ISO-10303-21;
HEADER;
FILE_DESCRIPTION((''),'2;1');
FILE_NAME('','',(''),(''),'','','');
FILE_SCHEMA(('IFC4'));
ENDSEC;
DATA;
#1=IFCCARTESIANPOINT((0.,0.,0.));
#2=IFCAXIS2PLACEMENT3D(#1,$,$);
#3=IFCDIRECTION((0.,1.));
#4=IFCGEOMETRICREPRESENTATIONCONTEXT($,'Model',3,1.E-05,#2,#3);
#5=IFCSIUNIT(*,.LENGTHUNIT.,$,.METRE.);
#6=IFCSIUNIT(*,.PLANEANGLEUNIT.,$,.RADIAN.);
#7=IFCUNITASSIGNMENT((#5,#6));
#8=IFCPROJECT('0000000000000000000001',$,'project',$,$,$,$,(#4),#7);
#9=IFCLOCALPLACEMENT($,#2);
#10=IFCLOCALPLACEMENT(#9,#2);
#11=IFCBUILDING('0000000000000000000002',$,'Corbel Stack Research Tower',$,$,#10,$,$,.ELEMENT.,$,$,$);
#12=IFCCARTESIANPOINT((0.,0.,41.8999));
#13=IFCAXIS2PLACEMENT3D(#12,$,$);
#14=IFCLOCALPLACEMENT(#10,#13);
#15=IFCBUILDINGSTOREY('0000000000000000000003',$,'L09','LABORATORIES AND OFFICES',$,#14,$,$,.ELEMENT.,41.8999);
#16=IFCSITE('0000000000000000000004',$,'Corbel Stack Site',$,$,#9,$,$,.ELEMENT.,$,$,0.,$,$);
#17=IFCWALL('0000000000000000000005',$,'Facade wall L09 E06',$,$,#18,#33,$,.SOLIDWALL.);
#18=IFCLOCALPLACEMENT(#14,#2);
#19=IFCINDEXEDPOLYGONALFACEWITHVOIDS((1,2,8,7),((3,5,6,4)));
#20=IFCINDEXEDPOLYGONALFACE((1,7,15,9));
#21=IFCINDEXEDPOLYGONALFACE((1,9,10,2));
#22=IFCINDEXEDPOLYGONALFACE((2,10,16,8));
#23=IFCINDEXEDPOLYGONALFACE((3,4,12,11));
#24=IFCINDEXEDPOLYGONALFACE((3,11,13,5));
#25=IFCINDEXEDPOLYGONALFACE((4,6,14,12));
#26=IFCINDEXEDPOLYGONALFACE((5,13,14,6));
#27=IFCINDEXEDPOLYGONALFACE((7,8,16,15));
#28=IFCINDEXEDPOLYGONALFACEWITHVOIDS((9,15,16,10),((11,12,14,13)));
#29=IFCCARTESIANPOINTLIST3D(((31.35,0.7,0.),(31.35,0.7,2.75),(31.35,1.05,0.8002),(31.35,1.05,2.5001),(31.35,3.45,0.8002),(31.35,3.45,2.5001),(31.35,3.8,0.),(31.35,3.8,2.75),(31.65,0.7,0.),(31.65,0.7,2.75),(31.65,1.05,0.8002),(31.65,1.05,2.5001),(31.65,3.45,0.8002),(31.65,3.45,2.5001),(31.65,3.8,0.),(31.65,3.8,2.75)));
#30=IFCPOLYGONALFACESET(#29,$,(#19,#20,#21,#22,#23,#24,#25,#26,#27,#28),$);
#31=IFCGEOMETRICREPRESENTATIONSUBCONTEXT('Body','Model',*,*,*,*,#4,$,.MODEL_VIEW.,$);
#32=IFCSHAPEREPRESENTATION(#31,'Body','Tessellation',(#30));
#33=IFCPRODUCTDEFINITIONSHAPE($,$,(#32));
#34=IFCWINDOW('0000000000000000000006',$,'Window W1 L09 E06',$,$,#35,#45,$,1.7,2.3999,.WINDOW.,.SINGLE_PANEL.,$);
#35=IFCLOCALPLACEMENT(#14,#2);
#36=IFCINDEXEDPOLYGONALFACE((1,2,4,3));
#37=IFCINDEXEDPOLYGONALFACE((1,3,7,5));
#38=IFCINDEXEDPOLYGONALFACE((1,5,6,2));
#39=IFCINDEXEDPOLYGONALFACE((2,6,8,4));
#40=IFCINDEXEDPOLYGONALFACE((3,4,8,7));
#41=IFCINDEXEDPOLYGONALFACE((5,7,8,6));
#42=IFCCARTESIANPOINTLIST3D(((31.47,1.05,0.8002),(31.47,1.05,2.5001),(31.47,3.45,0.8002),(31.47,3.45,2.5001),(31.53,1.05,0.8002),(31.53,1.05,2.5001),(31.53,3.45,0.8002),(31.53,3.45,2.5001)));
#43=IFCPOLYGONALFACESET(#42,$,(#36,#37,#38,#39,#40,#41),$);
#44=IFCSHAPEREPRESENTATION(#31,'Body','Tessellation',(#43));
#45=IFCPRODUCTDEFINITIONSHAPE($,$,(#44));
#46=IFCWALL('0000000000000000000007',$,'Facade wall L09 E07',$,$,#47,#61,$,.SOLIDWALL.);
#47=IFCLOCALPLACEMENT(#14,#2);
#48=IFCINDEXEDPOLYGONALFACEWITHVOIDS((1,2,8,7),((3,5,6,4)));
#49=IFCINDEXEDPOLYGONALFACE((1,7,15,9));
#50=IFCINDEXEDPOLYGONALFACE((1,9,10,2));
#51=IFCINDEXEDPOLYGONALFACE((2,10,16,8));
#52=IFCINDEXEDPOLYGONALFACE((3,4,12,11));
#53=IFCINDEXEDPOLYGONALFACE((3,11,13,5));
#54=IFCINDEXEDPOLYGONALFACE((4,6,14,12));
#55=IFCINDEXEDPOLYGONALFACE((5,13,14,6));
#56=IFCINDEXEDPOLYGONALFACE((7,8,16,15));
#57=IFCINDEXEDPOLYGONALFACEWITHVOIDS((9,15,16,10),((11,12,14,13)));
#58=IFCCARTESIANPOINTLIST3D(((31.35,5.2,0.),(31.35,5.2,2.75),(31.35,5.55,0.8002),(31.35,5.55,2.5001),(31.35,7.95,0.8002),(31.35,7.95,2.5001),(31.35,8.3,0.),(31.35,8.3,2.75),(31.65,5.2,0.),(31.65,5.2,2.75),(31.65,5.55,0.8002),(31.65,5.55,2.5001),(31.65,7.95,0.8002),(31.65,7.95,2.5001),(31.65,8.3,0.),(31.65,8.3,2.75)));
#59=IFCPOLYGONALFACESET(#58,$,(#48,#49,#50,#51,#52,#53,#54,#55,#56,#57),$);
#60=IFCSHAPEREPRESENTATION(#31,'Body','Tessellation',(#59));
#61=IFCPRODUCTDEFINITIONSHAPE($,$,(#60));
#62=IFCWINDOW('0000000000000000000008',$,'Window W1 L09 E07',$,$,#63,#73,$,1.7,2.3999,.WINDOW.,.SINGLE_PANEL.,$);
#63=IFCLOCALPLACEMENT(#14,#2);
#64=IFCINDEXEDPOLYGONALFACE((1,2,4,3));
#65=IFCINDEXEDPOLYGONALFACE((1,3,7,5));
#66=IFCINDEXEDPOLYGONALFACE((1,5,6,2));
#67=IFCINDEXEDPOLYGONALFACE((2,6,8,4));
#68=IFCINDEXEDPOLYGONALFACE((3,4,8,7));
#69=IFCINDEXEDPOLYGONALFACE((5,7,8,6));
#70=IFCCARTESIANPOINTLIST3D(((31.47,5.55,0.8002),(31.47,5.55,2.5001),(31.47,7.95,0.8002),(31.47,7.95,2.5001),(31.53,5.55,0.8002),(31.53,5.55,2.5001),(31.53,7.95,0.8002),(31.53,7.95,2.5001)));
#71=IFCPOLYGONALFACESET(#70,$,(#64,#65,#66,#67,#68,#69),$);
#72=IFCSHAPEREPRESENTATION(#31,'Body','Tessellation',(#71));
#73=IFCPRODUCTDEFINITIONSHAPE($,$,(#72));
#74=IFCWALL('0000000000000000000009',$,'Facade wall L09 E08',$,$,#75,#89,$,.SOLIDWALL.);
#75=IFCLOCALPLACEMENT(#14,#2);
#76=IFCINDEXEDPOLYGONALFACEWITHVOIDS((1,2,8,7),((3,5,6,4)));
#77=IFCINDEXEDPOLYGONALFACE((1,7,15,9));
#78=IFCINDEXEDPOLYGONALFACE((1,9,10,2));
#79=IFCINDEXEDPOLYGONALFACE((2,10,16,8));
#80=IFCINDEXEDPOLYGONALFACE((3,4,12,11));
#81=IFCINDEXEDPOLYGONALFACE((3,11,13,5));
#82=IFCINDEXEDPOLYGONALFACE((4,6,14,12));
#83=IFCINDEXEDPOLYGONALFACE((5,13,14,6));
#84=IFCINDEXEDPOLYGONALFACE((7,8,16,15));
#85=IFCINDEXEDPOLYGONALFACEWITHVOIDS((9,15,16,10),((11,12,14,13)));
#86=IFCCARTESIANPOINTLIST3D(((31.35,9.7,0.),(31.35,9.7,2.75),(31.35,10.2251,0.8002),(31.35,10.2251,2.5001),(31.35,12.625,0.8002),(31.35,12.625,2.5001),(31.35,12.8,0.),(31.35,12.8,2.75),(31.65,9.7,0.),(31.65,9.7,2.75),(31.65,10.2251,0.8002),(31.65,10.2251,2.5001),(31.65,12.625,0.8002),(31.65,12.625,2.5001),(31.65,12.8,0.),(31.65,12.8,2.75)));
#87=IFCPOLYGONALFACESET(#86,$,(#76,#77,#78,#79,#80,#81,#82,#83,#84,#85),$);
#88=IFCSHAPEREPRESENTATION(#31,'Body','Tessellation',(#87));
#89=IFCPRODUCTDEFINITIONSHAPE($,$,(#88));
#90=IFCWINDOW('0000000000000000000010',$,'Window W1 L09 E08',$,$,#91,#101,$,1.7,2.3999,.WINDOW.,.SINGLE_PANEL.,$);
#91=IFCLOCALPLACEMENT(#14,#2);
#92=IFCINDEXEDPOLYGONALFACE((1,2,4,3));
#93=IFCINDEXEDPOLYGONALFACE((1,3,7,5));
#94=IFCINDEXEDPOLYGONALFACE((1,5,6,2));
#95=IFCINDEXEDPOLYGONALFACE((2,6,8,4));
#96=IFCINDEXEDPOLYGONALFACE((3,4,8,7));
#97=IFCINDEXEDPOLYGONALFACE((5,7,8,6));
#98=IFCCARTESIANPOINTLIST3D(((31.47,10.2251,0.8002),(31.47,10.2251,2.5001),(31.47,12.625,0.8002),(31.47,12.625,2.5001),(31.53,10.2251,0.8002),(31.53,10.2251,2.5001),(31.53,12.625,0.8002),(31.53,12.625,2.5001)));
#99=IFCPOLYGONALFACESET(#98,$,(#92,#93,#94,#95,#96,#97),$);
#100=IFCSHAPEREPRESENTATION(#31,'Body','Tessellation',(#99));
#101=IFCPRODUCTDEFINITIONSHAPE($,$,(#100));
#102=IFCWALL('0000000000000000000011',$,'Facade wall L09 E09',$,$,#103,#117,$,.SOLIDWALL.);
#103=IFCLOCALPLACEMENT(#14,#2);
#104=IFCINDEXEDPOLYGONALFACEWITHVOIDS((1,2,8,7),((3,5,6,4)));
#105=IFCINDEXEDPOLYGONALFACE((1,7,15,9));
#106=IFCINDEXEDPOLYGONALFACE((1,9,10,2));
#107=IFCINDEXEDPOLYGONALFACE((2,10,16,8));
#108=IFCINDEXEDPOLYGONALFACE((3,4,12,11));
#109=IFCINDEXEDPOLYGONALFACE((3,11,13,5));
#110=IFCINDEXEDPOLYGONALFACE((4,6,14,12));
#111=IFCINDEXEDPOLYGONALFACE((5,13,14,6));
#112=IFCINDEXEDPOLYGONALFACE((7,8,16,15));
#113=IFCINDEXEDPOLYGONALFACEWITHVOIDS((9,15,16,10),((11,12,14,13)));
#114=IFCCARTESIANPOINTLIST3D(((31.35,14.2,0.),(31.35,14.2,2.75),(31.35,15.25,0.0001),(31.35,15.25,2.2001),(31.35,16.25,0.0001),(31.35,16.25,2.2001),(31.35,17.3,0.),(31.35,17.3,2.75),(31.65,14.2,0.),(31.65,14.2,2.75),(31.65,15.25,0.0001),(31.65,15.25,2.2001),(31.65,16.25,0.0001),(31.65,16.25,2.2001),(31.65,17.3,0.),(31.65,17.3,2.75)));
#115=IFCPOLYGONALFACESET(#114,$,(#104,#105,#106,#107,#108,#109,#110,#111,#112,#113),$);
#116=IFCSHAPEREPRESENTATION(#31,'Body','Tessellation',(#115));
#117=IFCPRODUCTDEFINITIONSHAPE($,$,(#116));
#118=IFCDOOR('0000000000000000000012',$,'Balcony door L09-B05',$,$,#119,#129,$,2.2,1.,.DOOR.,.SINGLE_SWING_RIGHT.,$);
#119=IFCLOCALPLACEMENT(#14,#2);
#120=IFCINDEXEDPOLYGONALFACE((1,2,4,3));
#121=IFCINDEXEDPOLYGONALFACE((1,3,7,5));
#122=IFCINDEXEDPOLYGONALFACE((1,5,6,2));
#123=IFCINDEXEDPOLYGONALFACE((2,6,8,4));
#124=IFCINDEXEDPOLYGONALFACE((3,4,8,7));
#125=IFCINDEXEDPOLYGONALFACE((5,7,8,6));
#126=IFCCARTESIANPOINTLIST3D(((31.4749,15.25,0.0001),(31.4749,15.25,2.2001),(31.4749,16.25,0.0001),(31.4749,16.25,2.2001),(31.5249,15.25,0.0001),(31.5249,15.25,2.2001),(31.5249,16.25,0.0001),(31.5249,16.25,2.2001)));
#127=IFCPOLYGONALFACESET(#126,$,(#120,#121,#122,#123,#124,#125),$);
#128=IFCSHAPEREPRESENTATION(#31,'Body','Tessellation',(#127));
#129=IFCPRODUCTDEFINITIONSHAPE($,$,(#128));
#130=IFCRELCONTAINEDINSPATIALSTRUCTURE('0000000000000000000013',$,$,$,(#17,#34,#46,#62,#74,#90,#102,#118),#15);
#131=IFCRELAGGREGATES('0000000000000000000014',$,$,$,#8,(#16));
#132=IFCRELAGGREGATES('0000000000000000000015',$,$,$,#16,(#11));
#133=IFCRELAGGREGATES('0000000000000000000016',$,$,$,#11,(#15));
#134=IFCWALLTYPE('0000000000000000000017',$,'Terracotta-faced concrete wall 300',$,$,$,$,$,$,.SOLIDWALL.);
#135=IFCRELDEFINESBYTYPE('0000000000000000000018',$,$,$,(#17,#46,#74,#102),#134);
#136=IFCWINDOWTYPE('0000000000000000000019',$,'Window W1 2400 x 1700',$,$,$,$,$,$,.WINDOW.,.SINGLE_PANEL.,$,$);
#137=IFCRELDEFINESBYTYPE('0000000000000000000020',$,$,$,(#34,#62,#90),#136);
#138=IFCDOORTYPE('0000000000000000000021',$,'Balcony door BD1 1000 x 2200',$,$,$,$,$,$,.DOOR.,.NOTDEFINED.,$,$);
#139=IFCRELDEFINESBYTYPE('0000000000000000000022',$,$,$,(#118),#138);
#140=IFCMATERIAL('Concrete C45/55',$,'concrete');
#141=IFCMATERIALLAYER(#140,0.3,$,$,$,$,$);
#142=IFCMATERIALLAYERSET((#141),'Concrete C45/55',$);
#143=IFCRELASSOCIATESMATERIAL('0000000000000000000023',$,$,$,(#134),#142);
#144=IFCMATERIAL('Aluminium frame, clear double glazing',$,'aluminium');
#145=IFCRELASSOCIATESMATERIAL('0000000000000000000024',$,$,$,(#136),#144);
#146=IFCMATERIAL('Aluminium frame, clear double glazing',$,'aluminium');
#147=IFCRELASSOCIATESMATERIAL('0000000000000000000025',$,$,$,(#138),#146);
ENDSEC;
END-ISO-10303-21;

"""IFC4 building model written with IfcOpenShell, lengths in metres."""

from ifc_helpers import new_model, si_unit, direction, frame, frame_2d, origin, place, context, subcontext, project, spatial, rectangle, extrude, material, layer, layer_set, type_object, element, fill, save


model = new_model("IFC4")

# Units and contexts
model_context = context("Model", 3, precision=1e-05, world=origin(), true_north=direction((0.0, 1.0)))
body_context = subcontext(model_context, "Body", "Model", "MODEL_VIEW")
ifc_project = project(units=[si_unit("LENGTHUNIT", "METRE"), si_unit("PLANEANGLEUNIT", "RADIAN")], contexts=[model_context])

# Site, building, storey
site_placement = place(None, origin())
site = spatial("IfcSite", under=ifc_project, at=site_placement, Name="Corbel Stack Site", CompositionType="ELEMENT", RefElevation=0.0)
building_placement = place(site_placement, origin())
building = spatial("IfcBuilding", under=site, at=building_placement, Name="Corbel Stack Research Tower", CompositionType="ELEMENT")
storey_placement = place(building_placement, frame((0.0, 0.0, 41.8999)))
storey = spatial("IfcBuildingStorey", under=building, at=storey_placement, Name="L09", Description="LABORATORIES AND OFFICES", CompositionType="ELEMENT", Elevation=41.8999)

# Walls, openings, windows
ifc_material_1 = material(Name="Concrete C45/55", Category="concrete")
ifc_layer_1 = layer(ifc_material_1, 0.3)
ifc_layer_set_1 = layer_set([ifc_layer_1], Name="Concrete C45/55")
wall_type_1 = type_object("IfcWallType", Name="Terracotta-faced concrete wall 300", PredefinedType="SOLIDWALL", material=ifc_layer_set_1)
wall_1_placement = place(storey_placement, frame((31.5, 3.8, 0.0), z_axis=(0.0, 0.0, 1.0), x_axis=(0.0, -1.0, 0.0)))
wall_1 = element("IfcWall", 1, at=wall_1_placement, inside=storey, type_object=wall_type_1, Name="Facade wall L09 E06", PredefinedType="SOLIDWALL", context=body_context, shape_type="SweptSolid", body=[
    extrude(rectangle(XDim=3.1001, YDim=0.3, at=frame_2d((1.55, 0.0))), origin(), (0.0, 0.0, 1.0), 2.75),
])
opening_1_placement = place(wall_1_placement, frame((0.3501, 0.0, 0.8)))
opening_1 = element("IfcOpeningElement", 2, at=opening_1_placement, cuts=wall_1, PredefinedType="OPENING", context=body_context, shape_type="SweptSolid", body=[
    extrude(rectangle(XDim=2.3999, YDim=1.7, at=frame_2d((1.2, 0.8501))), frame((0.0, 0.1599, 0.0), z_axis=(0.0, -1.0, 0.0), x_axis=(1.0, 0.0, 0.0)), (0.0, 0.0, 1.0), 0.3201),
])
ifc_material_2 = material(Name="Aluminium frame, clear double glazing", Category="aluminium")
window_type = type_object("IfcWindowType", Name="Window W1 2400 x 1700", PartitioningType="SINGLE_PANEL", PredefinedType="WINDOW", material=ifc_material_2)
window_1_placement = place(opening_1_placement, origin())
window_1 = element("IfcWindow", 3, at=window_1_placement, inside=storey, type_object=window_type, Name="Window W1 L09 E06", OverallHeight=1.7, OverallWidth=2.3999, PartitioningType="SINGLE_PANEL", PredefinedType="WINDOW", context=body_context, shape_type="SweptSolid", body=[
    extrude(rectangle(XDim=2.3999, YDim=1.7, at=frame_2d((1.2, 0.8501))), frame((0.0, 0.03, 0.0), z_axis=(0.0, -1.0, 0.0), x_axis=(1.0, 0.0, 0.0)), (0.0, 0.0, 1.0), 0.0601),
])
fill(opening_1, window_1)
wall_2_placement = place(storey_placement, frame((31.5, 8.3, 0.0), z_axis=(0.0, 0.0, 1.0), x_axis=(0.0, -1.0, 0.0)))
wall_2 = element("IfcWall", 4, at=wall_2_placement, inside=storey, type_object=wall_type_1, Name="Facade wall L09 E07", PredefinedType="SOLIDWALL", context=body_context, shape_type="SweptSolid", body=[
    extrude(rectangle(XDim=3.1001, YDim=0.3, at=frame_2d((1.55, 0.0))), origin(), (0.0, 0.0, 1.0), 2.75),
])
opening_2_placement = place(wall_2_placement, frame((0.3501, 0.0, 0.8)))
opening_2 = element("IfcOpeningElement", 5, at=opening_2_placement, cuts=wall_2, PredefinedType="OPENING", context=body_context, shape_type="SweptSolid", body=[
    extrude(rectangle(XDim=2.3999, YDim=1.7, at=frame_2d((1.2, 0.8501))), frame((0.0, 0.1599, 0.0), z_axis=(0.0, -1.0, 0.0), x_axis=(1.0, 0.0, 0.0)), (0.0, 0.0, 1.0), 0.3201),
])
window_2_placement = place(opening_2_placement, origin())
window_2 = element("IfcWindow", 6, at=window_2_placement, inside=storey, type_object=window_type, Name="Window W1 L09 E07", OverallHeight=1.7, OverallWidth=2.3999, PartitioningType="SINGLE_PANEL", PredefinedType="WINDOW", context=body_context, shape_type="SweptSolid", body=[
    extrude(rectangle(XDim=2.3999, YDim=1.7, at=frame_2d((1.2, 0.8501))), frame((0.0, 0.03, 0.0), z_axis=(0.0, -1.0, 0.0), x_axis=(1.0, 0.0, 0.0)), (0.0, 0.0, 1.0), 0.0601),
])
fill(opening_2, window_2)
wall_3_placement = place(storey_placement, frame((31.5, 12.8, 0.0), z_axis=(0.0, 0.0, 1.0), x_axis=(0.0, -1.0, 0.0)))
wall_3 = element("IfcWall", 7, at=wall_3_placement, inside=storey, type_object=wall_type_1, Name="Facade wall L09 E08", PredefinedType="SOLIDWALL", context=body_context, shape_type="SweptSolid", body=[
    extrude(rectangle(XDim=3.1001, YDim=0.3, at=frame_2d((1.55, 0.0))), origin(), (0.0, 0.0, 1.0), 2.75),
])
opening_3_placement = place(wall_3_placement, frame((0.175, 0.0, 0.8)))
opening_3 = element("IfcOpeningElement", 8, at=opening_3_placement, cuts=wall_3, PredefinedType="OPENING", context=body_context, shape_type="SweptSolid", body=[
    extrude(rectangle(XDim=2.3999, YDim=1.7, at=frame_2d((1.2, 0.8501))), frame((0.0, 0.1599, 0.0), z_axis=(0.0, -1.0, 0.0), x_axis=(1.0, 0.0, 0.0)), (0.0, 0.0, 1.0), 0.3201),
])
window_3_placement = place(opening_3_placement, origin())
window_3 = element("IfcWindow", 9, at=window_3_placement, inside=storey, type_object=window_type, Name="Window W1 L09 E08", OverallHeight=1.7, OverallWidth=2.3999, PartitioningType="SINGLE_PANEL", PredefinedType="WINDOW", context=body_context, shape_type="SweptSolid", body=[
    extrude(rectangle(XDim=2.3999, YDim=1.7, at=frame_2d((1.2, 0.8501))), frame((0.0, 0.03, 0.0), z_axis=(0.0, -1.0, 0.0), x_axis=(1.0, 0.0, 0.0)), (0.0, 0.0, 1.0), 0.0601),
])
fill(opening_3, window_3)

# Wall, opening, door
wall_4_placement = place(storey_placement, frame((31.5, 17.3, 0.0), z_axis=(0.0, 0.0, 1.0), x_axis=(0.0, -1.0, 0.0)))
wall_4 = element("IfcWall", 10, at=wall_4_placement, inside=storey, type_object=wall_type_1, Name="Facade wall L09 E09", PredefinedType="SOLIDWALL", context=body_context, shape_type="SweptSolid", body=[
    extrude(rectangle(XDim=3.1001, YDim=0.3, at=frame_2d((1.55, 0.0))), origin(), (0.0, 0.0, 1.0), 2.75),
])
opening_4_placement = place(wall_4_placement, frame((1.05, 0.0, 0.0)))
opening_4 = element("IfcOpeningElement", 11, at=opening_4_placement, cuts=wall_4, PredefinedType="OPENING", context=body_context, shape_type="SweptSolid", body=[
    extrude(rectangle(XDim=1.0, YDim=2.2, at=frame_2d((0.5, 1.1001))), frame((0.0, 0.1599, 0.0), z_axis=(0.0, -1.0, 0.0), x_axis=(1.0, 0.0, 0.0)), (0.0, 0.0, 1.0), 0.3201),
])
ifc_material_3 = material(Name="Aluminium frame, clear double glazing", Category="aluminium")
door_type = type_object("IfcDoorType", Name="Balcony door BD1 1000 x 2200", OperationType="NOTDEFINED", PredefinedType="DOOR", material=ifc_material_3)
door_placement = place(opening_4_placement, origin())
door = element("IfcDoor", 12, at=door_placement, inside=storey, type_object=door_type, Name="Balcony door L09-B05", OperationType="SINGLE_SWING_RIGHT", OverallHeight=2.2, OverallWidth=1.0, PredefinedType="DOOR", context=body_context, shape_type="SweptSolid", body=[
    extrude(rectangle(XDim=1.0, YDim=2.2, at=frame_2d((0.5, 1.1001))), frame((0.0, 0.0249, 0.0), z_axis=(0.0, -1.0, 0.0), x_axis=(1.0, 0.0, 0.0)), (0.0, 0.0, 1.0), 0.05),
])
fill(opening_4, door)

save(model, "model.ifc")
